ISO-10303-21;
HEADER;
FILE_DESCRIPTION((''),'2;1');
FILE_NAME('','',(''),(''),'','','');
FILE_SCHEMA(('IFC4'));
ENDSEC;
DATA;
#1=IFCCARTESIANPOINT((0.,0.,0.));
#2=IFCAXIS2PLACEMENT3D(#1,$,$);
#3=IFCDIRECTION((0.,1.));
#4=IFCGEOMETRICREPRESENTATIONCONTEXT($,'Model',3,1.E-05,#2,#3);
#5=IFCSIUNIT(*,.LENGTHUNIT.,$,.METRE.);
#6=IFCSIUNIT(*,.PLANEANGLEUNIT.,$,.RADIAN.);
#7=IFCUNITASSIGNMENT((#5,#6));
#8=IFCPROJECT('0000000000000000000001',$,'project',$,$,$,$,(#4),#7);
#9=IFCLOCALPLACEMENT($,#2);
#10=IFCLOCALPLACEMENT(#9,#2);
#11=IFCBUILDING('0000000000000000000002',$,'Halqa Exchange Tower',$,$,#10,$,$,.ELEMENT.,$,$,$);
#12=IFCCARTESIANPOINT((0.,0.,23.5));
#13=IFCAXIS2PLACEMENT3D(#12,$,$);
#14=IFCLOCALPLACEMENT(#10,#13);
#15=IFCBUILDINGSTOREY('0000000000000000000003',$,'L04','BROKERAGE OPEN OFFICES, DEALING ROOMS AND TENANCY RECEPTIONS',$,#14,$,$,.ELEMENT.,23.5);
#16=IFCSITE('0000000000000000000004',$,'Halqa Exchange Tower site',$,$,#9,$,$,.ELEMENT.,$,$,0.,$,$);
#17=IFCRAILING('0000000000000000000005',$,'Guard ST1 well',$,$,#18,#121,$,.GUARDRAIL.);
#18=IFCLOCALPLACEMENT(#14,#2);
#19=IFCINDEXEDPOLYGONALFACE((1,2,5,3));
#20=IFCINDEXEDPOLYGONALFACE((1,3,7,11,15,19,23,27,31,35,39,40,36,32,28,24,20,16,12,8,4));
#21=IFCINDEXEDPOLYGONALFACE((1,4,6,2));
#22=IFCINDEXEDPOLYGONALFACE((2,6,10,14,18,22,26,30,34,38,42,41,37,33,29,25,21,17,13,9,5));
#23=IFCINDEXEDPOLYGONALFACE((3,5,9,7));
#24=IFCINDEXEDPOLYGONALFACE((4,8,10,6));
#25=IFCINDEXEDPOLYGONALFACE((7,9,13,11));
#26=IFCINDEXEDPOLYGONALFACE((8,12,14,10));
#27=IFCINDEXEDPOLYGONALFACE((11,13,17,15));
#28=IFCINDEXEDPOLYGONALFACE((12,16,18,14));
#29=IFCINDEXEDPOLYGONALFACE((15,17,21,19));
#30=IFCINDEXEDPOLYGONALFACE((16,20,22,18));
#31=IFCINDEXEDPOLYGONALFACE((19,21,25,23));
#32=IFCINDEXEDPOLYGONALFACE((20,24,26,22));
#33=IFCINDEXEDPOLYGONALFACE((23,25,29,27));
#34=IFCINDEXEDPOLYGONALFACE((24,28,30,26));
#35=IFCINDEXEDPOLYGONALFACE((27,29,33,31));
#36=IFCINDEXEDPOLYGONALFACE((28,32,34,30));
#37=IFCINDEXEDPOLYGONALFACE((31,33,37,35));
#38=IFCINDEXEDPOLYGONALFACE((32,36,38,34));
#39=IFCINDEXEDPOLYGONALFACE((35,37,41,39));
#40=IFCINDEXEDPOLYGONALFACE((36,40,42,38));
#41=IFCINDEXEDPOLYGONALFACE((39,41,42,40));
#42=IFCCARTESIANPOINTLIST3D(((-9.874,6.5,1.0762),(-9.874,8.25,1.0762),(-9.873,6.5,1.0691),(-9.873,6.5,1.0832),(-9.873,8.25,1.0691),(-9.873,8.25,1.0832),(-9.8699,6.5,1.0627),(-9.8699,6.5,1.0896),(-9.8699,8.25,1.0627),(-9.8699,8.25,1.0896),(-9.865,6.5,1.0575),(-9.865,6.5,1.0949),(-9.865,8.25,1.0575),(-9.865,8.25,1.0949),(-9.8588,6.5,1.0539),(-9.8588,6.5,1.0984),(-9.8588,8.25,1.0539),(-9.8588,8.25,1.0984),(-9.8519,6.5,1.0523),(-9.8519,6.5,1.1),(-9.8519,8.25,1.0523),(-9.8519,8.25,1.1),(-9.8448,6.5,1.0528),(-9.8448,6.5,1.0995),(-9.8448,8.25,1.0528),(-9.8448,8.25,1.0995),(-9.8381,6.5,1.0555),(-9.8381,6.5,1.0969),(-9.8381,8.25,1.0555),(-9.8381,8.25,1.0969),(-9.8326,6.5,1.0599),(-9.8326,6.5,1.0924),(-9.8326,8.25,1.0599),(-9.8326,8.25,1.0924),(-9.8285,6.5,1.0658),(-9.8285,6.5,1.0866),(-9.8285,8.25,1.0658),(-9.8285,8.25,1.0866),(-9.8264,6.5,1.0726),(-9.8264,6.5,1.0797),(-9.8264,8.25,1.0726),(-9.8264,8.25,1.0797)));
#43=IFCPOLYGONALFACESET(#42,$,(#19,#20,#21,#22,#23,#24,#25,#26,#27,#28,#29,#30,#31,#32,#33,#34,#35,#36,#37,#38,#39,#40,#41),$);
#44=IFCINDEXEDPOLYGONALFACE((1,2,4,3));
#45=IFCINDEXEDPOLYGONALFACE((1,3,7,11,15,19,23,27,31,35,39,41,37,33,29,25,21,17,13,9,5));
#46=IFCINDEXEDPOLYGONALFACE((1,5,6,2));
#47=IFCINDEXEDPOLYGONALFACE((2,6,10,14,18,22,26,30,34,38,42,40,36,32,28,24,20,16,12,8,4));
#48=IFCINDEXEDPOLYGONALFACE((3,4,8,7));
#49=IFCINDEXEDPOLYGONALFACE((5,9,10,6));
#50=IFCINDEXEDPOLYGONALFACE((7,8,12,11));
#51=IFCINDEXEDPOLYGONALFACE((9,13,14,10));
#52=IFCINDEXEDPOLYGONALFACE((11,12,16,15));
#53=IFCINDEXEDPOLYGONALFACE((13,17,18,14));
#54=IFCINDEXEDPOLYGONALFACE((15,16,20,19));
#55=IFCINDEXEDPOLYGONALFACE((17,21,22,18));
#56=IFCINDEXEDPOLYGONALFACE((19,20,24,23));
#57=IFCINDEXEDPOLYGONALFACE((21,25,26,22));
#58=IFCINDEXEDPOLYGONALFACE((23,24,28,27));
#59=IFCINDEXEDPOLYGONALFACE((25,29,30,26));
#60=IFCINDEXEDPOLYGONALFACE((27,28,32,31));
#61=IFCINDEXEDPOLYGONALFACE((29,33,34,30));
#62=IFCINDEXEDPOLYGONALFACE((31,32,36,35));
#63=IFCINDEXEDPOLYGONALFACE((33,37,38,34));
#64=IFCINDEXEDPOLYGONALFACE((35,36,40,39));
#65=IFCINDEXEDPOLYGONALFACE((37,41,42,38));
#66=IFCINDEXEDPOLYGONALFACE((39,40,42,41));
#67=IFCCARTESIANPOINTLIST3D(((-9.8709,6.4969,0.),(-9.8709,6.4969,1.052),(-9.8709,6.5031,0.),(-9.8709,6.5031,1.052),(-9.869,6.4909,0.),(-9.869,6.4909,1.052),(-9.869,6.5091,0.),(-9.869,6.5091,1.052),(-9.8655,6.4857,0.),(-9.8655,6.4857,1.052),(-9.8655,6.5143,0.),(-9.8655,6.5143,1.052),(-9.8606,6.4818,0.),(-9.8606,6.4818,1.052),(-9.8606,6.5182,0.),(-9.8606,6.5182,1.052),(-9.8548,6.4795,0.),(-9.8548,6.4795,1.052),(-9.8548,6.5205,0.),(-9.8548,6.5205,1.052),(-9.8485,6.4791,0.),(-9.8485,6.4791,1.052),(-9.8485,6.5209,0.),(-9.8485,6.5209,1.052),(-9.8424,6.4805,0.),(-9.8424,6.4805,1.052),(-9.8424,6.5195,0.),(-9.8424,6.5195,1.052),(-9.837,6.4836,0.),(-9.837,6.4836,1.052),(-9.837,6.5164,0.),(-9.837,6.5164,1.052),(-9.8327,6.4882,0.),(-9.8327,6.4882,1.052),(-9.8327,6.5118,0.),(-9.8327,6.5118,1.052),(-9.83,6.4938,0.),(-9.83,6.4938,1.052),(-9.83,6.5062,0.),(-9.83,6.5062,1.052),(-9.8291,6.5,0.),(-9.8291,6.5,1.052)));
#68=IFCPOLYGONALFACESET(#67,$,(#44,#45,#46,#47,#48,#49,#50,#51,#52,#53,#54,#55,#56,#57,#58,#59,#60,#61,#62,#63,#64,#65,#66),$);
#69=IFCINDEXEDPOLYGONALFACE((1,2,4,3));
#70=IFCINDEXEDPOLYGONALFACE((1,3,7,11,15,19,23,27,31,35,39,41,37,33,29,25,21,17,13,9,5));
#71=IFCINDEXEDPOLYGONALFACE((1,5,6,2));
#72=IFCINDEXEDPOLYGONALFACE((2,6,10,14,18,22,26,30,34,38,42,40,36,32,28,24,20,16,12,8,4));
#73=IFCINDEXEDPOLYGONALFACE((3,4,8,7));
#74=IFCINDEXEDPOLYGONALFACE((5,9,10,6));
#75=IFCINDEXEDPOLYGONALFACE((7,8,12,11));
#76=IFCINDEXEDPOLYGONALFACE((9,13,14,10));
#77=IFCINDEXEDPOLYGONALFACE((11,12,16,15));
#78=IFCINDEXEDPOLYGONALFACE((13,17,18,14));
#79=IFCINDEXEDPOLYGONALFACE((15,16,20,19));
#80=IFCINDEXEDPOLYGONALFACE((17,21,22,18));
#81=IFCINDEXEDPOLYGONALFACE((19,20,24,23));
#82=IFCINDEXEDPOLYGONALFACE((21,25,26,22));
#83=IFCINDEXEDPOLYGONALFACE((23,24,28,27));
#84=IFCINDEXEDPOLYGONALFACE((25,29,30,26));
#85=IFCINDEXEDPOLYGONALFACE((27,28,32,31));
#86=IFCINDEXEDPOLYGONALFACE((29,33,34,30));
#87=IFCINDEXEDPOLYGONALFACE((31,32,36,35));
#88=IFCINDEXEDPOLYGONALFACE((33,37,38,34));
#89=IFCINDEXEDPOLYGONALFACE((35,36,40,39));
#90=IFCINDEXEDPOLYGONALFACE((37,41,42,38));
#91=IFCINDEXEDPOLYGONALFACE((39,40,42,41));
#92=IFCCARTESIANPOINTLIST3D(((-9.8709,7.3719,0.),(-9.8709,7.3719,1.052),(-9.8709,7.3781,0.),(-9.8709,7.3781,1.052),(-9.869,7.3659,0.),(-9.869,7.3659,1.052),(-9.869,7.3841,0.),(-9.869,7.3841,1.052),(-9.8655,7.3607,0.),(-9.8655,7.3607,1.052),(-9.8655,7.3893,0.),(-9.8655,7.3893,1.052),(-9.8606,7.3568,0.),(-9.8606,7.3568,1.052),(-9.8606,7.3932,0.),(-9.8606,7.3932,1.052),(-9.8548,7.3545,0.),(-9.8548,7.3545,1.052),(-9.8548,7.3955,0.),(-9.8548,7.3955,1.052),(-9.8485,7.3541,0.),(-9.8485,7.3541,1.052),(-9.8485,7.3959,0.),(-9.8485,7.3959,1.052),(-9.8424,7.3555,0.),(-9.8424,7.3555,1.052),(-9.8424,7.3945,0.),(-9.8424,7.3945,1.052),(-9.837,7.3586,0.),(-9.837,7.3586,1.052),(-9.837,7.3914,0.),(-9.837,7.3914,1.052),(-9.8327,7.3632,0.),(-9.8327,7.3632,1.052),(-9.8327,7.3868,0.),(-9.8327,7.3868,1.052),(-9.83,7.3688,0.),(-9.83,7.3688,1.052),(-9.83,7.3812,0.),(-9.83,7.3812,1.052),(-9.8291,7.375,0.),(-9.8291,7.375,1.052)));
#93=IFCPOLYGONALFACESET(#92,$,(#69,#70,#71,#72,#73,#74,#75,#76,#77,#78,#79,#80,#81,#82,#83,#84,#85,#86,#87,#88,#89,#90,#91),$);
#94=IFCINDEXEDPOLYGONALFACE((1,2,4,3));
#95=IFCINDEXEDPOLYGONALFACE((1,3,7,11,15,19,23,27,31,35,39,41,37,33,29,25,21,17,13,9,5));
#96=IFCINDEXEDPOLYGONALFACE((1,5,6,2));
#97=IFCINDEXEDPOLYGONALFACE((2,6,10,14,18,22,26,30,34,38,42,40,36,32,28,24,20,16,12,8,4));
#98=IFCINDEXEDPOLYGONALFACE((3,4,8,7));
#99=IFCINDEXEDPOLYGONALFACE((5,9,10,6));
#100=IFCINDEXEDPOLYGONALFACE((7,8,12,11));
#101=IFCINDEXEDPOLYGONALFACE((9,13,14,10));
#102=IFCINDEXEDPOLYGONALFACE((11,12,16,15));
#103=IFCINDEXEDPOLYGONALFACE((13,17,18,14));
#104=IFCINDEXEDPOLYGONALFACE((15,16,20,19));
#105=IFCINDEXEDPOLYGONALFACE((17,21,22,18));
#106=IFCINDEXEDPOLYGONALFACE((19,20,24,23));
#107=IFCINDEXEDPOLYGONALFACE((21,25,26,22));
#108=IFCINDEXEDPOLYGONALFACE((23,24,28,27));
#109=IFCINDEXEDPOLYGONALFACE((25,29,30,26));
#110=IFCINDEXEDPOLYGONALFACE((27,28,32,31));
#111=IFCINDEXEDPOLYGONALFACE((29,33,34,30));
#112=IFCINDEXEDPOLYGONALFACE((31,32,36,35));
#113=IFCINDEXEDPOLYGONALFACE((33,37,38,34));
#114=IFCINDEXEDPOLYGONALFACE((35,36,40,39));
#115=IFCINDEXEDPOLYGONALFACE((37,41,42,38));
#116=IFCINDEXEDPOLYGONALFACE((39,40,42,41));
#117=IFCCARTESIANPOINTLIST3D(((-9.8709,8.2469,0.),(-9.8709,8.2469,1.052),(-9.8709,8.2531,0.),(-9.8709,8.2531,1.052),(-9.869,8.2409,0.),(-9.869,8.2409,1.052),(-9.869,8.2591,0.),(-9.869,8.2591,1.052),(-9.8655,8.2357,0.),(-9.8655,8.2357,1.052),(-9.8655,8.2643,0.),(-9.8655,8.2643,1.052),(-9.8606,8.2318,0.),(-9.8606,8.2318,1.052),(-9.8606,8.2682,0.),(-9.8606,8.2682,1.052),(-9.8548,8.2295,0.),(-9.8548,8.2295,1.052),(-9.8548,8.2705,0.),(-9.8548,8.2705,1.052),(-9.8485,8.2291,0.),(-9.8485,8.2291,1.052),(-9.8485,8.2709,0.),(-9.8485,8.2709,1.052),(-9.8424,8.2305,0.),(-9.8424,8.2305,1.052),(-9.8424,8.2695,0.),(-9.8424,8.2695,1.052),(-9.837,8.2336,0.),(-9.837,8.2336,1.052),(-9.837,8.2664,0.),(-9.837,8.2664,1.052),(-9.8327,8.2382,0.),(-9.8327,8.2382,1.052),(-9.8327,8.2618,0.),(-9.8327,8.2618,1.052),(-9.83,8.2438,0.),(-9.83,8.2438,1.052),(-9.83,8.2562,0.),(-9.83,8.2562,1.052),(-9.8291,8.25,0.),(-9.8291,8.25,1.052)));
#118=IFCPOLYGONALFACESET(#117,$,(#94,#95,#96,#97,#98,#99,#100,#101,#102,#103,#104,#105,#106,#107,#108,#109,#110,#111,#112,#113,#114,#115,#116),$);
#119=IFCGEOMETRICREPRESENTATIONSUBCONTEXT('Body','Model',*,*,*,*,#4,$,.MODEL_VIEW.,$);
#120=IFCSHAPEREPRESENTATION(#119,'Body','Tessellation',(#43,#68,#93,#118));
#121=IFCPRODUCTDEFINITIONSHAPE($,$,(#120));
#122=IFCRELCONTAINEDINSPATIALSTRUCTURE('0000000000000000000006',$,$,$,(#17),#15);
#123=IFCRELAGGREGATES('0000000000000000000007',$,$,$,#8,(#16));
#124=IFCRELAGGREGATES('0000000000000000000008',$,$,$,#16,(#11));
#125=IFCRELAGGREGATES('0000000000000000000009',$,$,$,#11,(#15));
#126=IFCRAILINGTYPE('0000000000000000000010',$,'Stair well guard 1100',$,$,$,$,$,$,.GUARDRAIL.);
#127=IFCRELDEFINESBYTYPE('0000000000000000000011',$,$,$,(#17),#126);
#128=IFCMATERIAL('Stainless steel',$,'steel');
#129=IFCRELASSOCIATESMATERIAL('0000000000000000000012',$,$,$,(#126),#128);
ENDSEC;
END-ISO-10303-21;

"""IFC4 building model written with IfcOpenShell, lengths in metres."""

from ifc_helpers import new_model, si_unit, direction, frame, origin, origin_2d, place, context, subcontext, project, spatial, circle, extrude, material, type_object, element, save


model = new_model("IFC4")

# Units and contexts
model_context = context("Model", 3, precision=1e-05, world=origin(), true_north=direction((0.0, 1.0)))
body_context = subcontext(model_context, "Body", "Model", "MODEL_VIEW")
ifc_project = project(units=[si_unit("LENGTHUNIT", "METRE"), si_unit("PLANEANGLEUNIT", "RADIAN")], contexts=[model_context])

# Site, building, storey
site_placement = place(None, origin())
site = spatial("IfcSite", under=ifc_project, at=site_placement, Name="Halqa Exchange Tower site", CompositionType="ELEMENT", RefElevation=0.0)
building_placement = place(site_placement, origin())
building = spatial("IfcBuilding", under=site, at=building_placement, Name="Halqa Exchange Tower", CompositionType="ELEMENT")
storey_placement = place(building_placement, frame((0.0, 0.0, 23.5)))
storey = spatial("IfcBuildingStorey", under=building, at=storey_placement, Name="L04", Description="BROKERAGE OPEN OFFICES, DEALING ROOMS AND TENANCY RECEPTIONS", CompositionType="ELEMENT", Elevation=23.5)

# Shared definitions
ifc_material_1 = material(Name="Stainless steel", Category="steel")

# Railing
railing_type_1 = type_object("IfcRailingType", Name="Stair well guard 1100", PredefinedType="GUARDRAIL", material=ifc_material_1)
railing_1_placement = place(storey_placement, frame((-9.8501, 6.5, 0.0)))
element("IfcRailing", 1, at=railing_1_placement, inside=storey, type_object=railing_type_1, Name="Guard ST1 well", PredefinedType="GUARDRAIL", context=body_context, shape_type="SweptSolid", body=[
    extrude(circle(Radius=0.0239, at=origin_2d()), frame((0.0, 0.0, 1.0762), z_axis=(0.0, 1.0, 0.0), x_axis=(-1.0, 0.0, 0.0)), (0.0, 0.0, 1.0), 1.75),
    extrude(circle(Radius=0.021, at=origin_2d()), origin(), (0.0, 0.0, 1.0), 1.052),
    extrude(circle(Radius=0.021, at=origin_2d()), frame((0.0, 0.875, 0.0)), (0.0, 0.0, 1.0), 1.052),
    extrude(circle(Radius=0.021, at=origin_2d()), frame((0.0, 1.75, 0.0)), (0.0, 0.0, 1.0), 1.052),
])

save(model, "model.ifc")
